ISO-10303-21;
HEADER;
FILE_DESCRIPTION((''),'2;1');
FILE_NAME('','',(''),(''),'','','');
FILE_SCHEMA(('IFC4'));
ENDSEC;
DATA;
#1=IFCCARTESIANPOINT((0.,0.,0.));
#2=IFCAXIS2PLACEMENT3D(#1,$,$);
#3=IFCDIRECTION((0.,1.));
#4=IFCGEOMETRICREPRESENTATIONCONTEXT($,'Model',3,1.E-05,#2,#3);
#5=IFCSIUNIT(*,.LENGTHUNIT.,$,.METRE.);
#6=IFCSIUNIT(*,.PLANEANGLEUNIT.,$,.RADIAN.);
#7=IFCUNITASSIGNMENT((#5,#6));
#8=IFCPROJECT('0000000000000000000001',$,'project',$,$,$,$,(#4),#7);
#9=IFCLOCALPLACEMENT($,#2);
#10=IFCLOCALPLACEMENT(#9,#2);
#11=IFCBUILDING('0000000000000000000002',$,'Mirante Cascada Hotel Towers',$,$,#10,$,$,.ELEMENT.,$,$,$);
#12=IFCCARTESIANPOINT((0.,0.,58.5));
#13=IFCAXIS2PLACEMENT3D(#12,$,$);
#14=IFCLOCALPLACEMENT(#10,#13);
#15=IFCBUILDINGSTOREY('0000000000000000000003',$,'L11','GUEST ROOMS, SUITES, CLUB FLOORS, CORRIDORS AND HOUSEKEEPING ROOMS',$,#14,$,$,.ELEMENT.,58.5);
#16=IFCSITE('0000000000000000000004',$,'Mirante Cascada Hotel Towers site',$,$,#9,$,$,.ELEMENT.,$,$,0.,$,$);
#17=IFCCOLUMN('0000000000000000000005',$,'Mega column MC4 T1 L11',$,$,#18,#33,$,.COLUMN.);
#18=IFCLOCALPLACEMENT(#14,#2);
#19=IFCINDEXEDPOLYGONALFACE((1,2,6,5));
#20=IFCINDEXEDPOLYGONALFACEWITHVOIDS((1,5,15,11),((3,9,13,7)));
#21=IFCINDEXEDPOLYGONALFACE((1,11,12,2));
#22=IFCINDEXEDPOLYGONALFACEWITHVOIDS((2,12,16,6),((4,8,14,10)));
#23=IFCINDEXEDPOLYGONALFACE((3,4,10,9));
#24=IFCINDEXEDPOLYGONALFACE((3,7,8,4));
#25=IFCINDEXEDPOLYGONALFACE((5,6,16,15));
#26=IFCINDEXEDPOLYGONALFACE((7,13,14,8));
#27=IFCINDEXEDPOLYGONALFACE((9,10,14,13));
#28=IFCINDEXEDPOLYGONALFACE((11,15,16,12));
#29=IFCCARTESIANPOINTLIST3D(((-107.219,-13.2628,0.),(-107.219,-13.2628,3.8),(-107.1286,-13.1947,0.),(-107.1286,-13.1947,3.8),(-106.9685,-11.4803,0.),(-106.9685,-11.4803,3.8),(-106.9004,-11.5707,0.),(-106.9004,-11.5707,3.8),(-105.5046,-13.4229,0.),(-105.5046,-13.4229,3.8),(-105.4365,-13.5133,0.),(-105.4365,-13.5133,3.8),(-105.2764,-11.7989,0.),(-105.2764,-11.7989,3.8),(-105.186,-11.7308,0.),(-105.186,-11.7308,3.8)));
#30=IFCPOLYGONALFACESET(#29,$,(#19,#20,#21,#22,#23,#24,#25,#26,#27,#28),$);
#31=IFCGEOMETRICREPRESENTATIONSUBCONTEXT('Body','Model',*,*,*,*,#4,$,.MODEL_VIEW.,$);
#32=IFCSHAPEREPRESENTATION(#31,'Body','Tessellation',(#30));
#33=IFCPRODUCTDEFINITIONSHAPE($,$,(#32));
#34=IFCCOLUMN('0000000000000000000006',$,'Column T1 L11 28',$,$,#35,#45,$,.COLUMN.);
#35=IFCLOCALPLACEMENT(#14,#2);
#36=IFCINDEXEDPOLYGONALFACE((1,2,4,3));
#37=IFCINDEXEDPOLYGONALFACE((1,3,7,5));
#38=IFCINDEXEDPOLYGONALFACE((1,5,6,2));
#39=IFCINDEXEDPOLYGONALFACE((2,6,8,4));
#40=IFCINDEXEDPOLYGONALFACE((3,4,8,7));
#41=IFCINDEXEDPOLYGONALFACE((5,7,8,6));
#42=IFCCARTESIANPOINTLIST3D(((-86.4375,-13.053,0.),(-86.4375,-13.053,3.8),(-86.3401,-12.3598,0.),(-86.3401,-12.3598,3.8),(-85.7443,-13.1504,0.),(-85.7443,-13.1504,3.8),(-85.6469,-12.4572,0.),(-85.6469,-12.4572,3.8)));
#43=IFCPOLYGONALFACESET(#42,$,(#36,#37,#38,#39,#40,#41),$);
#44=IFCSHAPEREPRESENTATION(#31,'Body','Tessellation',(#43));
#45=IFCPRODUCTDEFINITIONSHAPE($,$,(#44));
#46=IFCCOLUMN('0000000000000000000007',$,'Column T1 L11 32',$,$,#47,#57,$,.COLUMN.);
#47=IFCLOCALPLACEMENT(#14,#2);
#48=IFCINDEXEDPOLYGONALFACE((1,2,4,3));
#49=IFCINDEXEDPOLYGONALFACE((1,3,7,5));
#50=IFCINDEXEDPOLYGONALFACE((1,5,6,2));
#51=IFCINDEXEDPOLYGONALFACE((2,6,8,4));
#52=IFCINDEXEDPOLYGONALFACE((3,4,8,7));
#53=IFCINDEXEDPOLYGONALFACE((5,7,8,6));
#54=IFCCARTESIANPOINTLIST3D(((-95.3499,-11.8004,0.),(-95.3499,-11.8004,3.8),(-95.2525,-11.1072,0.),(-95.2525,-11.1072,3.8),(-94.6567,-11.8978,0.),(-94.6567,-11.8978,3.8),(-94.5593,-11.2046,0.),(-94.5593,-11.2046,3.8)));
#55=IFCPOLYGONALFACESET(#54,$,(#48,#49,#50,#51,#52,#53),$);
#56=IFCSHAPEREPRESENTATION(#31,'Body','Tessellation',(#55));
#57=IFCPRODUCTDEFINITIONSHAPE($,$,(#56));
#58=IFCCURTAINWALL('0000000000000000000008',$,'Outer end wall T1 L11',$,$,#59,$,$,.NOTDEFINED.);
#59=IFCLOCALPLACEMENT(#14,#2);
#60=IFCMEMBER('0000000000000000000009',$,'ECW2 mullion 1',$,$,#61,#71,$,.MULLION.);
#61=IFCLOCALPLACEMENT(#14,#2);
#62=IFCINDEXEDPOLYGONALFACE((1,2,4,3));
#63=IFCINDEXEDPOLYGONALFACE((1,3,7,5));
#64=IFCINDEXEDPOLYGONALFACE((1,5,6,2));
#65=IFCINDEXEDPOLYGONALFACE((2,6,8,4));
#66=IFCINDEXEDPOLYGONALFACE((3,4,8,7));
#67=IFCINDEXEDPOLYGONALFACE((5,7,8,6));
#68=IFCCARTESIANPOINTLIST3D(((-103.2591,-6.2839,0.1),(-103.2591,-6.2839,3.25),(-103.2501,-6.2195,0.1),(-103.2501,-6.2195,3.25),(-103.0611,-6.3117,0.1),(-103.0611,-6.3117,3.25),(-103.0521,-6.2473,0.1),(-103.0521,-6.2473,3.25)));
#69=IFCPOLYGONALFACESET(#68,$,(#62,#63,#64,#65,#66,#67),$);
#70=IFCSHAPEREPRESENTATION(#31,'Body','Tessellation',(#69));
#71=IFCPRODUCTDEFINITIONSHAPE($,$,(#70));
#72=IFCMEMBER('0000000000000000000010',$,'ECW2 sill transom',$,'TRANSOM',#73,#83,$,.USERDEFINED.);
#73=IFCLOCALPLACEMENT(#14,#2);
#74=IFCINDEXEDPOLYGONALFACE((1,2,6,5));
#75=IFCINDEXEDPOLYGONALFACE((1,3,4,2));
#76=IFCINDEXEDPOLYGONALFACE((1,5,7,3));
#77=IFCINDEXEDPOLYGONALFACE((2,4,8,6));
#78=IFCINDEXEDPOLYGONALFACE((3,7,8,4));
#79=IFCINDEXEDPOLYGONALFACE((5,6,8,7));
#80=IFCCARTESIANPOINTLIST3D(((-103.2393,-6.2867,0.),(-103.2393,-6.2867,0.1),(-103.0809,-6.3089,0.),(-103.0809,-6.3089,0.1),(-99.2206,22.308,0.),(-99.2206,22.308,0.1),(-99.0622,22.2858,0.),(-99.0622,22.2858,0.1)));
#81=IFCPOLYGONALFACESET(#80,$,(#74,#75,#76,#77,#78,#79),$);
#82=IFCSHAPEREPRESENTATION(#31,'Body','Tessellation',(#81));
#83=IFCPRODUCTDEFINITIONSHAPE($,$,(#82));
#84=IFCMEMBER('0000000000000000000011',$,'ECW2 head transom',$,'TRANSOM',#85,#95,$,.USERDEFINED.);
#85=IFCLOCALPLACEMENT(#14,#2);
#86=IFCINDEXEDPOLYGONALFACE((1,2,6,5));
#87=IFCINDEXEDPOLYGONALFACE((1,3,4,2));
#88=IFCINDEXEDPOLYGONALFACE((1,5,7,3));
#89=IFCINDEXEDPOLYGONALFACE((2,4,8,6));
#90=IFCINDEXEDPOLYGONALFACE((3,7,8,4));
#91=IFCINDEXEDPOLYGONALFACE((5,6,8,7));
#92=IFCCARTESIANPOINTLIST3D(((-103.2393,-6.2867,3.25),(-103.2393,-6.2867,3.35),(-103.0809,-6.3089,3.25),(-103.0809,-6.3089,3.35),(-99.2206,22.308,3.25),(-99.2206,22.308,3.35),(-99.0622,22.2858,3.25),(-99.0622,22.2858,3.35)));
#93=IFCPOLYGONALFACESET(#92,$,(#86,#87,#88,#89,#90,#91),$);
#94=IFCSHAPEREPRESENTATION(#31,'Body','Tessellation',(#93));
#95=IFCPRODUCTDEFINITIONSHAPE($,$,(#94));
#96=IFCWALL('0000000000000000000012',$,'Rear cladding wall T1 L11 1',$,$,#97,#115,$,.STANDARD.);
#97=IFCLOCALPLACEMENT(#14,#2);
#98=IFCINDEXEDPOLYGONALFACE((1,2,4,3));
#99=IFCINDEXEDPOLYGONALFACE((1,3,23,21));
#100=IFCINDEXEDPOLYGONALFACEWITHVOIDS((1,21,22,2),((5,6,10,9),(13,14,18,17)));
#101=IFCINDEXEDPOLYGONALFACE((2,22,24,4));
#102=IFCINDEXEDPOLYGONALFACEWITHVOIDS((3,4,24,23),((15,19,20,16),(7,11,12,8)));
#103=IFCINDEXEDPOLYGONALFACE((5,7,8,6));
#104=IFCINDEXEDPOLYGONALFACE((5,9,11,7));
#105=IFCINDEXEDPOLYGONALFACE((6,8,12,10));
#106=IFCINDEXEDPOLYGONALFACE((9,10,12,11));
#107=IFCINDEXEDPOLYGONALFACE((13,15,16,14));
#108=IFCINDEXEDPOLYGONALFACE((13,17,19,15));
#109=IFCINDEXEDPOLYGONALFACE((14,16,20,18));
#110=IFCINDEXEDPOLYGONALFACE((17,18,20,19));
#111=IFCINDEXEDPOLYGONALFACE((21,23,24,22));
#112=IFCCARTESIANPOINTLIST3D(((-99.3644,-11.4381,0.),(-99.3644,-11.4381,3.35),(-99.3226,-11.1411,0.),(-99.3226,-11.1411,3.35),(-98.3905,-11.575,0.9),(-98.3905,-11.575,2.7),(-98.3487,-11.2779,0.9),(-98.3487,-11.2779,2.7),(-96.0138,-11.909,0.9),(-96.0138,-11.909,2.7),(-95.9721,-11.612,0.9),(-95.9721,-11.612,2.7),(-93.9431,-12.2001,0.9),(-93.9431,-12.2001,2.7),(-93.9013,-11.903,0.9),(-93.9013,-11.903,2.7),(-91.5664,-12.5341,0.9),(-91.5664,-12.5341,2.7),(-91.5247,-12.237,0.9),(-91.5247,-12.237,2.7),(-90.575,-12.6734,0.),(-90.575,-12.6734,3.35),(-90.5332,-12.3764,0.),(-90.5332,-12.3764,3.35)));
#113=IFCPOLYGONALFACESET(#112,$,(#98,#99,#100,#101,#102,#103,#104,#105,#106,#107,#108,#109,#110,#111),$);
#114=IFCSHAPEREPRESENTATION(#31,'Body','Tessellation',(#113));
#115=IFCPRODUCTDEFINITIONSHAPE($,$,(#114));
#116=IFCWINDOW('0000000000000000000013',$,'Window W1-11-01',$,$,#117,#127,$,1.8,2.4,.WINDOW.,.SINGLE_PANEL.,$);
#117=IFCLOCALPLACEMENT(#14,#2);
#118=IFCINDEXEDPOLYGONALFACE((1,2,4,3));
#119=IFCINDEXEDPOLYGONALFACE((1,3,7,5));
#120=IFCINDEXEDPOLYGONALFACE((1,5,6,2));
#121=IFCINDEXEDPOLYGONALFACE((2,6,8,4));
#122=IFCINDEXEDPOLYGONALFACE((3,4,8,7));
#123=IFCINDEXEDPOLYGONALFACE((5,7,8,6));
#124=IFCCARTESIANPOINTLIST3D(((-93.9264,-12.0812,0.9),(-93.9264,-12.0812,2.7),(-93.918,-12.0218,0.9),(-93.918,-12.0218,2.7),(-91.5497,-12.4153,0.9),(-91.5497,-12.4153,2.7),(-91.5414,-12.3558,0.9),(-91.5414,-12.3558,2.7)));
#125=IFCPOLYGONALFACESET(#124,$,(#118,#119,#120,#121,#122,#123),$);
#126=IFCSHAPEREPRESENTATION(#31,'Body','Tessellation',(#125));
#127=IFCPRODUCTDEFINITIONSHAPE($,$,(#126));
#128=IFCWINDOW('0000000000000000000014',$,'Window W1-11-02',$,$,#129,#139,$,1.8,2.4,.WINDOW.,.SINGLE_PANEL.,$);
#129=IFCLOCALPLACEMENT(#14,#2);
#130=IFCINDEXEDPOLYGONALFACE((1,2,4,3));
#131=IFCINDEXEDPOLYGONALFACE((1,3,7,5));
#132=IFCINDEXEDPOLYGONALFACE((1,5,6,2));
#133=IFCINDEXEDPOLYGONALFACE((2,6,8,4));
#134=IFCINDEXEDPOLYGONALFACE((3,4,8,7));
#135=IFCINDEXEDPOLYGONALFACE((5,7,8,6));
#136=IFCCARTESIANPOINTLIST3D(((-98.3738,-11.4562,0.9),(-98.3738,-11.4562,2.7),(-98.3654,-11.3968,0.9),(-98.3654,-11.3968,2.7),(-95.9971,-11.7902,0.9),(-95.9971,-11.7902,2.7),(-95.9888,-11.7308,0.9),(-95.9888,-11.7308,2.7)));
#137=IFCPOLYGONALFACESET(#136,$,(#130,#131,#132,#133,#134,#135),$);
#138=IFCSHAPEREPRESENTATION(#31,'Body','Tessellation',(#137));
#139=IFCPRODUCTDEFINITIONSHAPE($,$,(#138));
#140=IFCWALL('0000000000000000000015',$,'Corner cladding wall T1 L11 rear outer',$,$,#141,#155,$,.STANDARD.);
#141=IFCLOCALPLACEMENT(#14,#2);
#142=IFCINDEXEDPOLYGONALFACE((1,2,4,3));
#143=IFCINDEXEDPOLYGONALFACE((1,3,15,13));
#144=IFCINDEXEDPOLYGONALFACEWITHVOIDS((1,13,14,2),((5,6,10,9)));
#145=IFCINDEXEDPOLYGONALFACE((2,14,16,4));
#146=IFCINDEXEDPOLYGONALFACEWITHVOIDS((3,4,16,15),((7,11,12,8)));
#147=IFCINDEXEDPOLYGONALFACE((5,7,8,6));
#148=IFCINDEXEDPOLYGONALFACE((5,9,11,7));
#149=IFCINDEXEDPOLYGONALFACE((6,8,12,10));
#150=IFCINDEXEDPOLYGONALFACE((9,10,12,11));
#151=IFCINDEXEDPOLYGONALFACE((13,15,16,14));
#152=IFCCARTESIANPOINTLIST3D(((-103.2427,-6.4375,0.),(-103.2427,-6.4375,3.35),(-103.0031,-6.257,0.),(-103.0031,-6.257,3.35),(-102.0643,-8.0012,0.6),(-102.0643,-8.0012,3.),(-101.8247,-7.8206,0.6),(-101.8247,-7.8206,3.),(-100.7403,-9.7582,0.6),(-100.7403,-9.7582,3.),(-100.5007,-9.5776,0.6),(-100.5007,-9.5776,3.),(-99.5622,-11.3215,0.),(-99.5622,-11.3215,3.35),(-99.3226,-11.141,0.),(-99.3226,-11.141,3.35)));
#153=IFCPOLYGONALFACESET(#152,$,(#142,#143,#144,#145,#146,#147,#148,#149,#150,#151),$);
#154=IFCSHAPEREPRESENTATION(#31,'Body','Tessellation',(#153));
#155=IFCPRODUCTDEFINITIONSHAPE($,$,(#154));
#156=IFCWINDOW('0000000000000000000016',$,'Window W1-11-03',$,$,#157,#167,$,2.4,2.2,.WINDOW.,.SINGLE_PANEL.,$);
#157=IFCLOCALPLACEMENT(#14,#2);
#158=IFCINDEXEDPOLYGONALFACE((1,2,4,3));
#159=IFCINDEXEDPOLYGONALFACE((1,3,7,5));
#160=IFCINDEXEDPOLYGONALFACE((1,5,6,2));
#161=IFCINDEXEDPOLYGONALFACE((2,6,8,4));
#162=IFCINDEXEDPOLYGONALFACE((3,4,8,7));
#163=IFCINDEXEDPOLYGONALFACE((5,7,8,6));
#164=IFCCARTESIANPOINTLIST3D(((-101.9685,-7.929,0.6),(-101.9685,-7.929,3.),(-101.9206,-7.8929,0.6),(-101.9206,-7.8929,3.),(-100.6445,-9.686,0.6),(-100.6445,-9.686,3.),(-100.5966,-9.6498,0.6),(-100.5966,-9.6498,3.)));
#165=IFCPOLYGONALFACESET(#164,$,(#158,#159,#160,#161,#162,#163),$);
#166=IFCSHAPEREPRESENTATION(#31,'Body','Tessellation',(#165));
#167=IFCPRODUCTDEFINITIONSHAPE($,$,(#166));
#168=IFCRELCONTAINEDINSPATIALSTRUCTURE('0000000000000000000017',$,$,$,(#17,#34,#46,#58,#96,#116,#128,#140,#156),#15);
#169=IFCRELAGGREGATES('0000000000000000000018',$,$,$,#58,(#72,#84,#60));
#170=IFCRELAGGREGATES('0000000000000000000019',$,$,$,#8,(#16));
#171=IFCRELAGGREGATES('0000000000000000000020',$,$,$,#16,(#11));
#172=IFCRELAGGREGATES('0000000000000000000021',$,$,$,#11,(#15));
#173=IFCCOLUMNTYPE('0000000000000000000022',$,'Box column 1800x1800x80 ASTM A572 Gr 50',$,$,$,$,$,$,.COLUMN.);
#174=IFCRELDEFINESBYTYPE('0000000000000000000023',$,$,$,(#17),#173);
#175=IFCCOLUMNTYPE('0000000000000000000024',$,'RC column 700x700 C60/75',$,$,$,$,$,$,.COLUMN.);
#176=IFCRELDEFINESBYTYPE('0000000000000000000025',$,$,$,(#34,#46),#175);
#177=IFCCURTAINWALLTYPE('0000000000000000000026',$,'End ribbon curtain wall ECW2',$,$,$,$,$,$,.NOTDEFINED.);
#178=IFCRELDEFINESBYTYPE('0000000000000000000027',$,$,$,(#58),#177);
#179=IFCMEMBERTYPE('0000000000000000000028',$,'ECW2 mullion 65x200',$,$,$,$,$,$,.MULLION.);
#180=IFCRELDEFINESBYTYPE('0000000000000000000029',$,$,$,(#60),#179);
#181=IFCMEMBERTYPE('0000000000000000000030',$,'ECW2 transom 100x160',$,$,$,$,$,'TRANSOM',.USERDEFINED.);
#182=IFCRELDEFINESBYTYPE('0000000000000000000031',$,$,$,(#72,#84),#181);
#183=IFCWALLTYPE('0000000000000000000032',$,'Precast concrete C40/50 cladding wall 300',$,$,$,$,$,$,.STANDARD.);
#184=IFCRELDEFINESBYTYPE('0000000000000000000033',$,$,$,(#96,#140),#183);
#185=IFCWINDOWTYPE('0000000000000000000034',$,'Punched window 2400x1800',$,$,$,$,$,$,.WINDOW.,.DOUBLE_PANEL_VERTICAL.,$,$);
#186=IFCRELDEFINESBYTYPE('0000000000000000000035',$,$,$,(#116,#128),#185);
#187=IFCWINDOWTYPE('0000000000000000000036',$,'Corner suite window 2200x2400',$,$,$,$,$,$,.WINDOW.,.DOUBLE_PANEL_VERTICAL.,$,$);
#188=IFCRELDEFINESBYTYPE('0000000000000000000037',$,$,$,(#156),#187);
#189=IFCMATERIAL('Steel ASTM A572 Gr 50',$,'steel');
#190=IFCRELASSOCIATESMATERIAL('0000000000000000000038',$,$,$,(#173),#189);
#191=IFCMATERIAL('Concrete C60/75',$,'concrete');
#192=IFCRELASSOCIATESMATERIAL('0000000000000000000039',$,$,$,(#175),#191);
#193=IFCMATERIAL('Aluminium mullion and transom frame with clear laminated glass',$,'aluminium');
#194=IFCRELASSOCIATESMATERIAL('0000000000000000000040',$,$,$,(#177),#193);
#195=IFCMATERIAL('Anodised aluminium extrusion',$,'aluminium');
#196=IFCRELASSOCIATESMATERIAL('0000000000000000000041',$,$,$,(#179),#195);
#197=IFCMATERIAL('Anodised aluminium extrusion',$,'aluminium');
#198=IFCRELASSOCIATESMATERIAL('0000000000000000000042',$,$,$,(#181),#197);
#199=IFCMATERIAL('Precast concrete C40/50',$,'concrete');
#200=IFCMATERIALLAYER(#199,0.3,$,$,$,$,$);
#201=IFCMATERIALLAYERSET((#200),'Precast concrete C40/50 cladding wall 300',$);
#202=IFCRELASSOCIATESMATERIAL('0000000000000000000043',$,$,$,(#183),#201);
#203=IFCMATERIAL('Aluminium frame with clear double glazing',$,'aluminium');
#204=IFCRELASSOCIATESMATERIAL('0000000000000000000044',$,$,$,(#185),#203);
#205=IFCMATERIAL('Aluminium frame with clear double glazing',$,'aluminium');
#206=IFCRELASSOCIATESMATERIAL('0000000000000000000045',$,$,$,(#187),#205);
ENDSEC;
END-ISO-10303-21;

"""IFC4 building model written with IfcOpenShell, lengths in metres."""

from ifc_helpers import new_model, si_unit, direction, frame, frame_2d, origin, origin_2d, place, context, subcontext, project, spatial, rectangle, hollow_rectangle, extrude, material, layer, layer_set, material_profile, profile_set, type_object, element, fill, aggregate, save


model = new_model("IFC4")

# Units and contexts
model_context = context("Model", 3, precision=1e-05, world=origin(), true_north=direction((0.0, 1.0)))
body_context = subcontext(model_context, "Body", "Model", "MODEL_VIEW")
ifc_project = project(units=[si_unit("LENGTHUNIT", "METRE"), si_unit("PLANEANGLEUNIT", "RADIAN")], contexts=[model_context])

# Site, building, storey
site_placement = place(None, origin())
site = spatial("IfcSite", under=ifc_project, at=site_placement, Name="Mirante Cascada Hotel Towers site", CompositionType="ELEMENT", RefElevation=0.0)
building_placement = place(site_placement, origin())
building = spatial("IfcBuilding", under=site, at=building_placement, Name="Mirante Cascada Hotel Towers", CompositionType="ELEMENT")
storey_placement = place(building_placement, frame((0.0, 0.0, 58.5)))
storey = spatial("IfcBuildingStorey", under=building, at=storey_placement, Name="L11", Description="GUEST ROOMS, SUITES, CLUB FLOORS, CORRIDORS AND HOUSEKEEPING ROOMS", CompositionType="ELEMENT", Elevation=58.5)

# Columns
ifc_material_1 = material(Name="Steel ASTM A572 Gr 50", Category="steel")
ifc_material_profile_1 = material_profile(ifc_material_1, hollow_rectangle(XDim=1.8, YDim=1.8, WallThickness=0.08, at=origin_2d()), Name="Box column 1800x1800x80 ASTM A572 Gr 50")
ifc_profile_set_1 = profile_set([ifc_material_profile_1], Name="Steel ASTM A572 Gr 50")
column_type_1 = type_object("IfcColumnType", Name="Box column 1800x1800x80 ASTM A572 Gr 50", PredefinedType="COLUMN", material=ifc_profile_set_1)
column_placement = place(storey_placement, frame((-106.2025, -12.4968, 0.0), z_axis=(0.0, 0.0, 1.0), x_axis=(-0.990268, 0.139173, 0.0)))
element("IfcColumn", 1, at=column_placement, inside=storey, type_object=column_type_1, Name="Mega column MC4 T1 L11", PredefinedType="COLUMN", context=body_context, shape_type="SweptSolid", body=[
    extrude(hollow_rectangle(XDim=1.8, YDim=1.8, WallThickness=0.08, at=origin_2d()), origin(), (0.0, 0.0, 1.0), 3.8),
])
ifc_material_2 = material(Name="Concrete C60/75", Category="concrete")
ifc_material_profile_2 = material_profile(ifc_material_2, rectangle(XDim=0.7, YDim=0.7, at=origin_2d()), Name="RC column 700x700 C60/75")
ifc_profile_set_2 = profile_set([ifc_material_profile_2], Name="Concrete C60/75")
column_type_2 = type_object("IfcColumnType", Name="RC column 700x700 C60/75", PredefinedType="COLUMN", material=ifc_profile_set_2)
for number, where, z_axis, x_axis, name in (
    (2, (-86.0422, -12.7551, 0.0), (0.0, 0.0, 1.0), (-0.990268, 0.139173, 0.0), "Column T1 L11 28"),
    (3, (-94.9546, -11.5025, 0.0), (0.0, 0.0, 1.0), (-0.990268, 0.139173, 0.0), "Column T1 L11 32"),
):
    element("IfcColumn", number, at=place(storey_placement, frame(where, z_axis=z_axis, x_axis=x_axis)), inside=storey, type_object=column_type_2, Name=name, PredefinedType="COLUMN", context=body_context, shape_type="SweptSolid", body=[
        extrude(rectangle(XDim=0.7, YDim=0.7, at=origin_2d()), origin(), (0.0, 0.0, 1.0), 3.8),
    ])

# Curtain wall, members
ifc_material_3 = material(Name="Aluminium mullion and transom frame with clear laminated glass", Category="aluminium")
curtain_wall_type = type_object("IfcCurtainWallType", Name="End ribbon curtain wall ECW2", PredefinedType="NOTDEFINED", material=ifc_material_3)
curtain_wall_placement = place(storey_placement, origin())
curtain_wall = element("IfcCurtainWall", 4, at=curtain_wall_placement, inside=storey, type_object=curtain_wall_type, Name="Outer end wall T1 L11", PredefinedType="NOTDEFINED")
ifc_material_4 = material(Name="Anodised aluminium extrusion", Category="aluminium")
ifc_material_profile_3 = material_profile(ifc_material_4, rectangle(XDim=0.2, YDim=0.065, at=origin_2d()), Name="ECW2 MULLION 65x200")
ifc_profile_set_3 = profile_set([ifc_material_profile_3], Name="Anodised aluminium extrusion")
member_type_1 = type_object("IfcMemberType", Name="ECW2 mullion 65x200", PredefinedType="MULLION", material=ifc_profile_set_3)
member_1_placement = place(storey_placement, frame((-103.1556, -6.2656, 0.1), z_axis=(0.0, 0.0, 1.0), x_axis=(-0.990268, 0.139173, 0.0)))
member_1 = element("IfcMember", 5, at=member_1_placement, type_object=member_type_1, Name="ECW2 mullion 1", PredefinedType="MULLION", context=body_context, shape_type="SweptSolid", body=[
    extrude(rectangle(XDim=0.2, YDim=0.065, at=origin_2d()), origin(), (0.0, 0.0, 1.0), 3.15),
])
ifc_material_5 = material(Name="Anodised aluminium extrusion", Category="aluminium")
ifc_material_profile_4 = material_profile(ifc_material_5, rectangle(XDim=0.16, YDim=0.1, at=origin_2d()), Name="ECW2 TRANSOM 100x160")
ifc_profile_set_4 = profile_set([ifc_material_profile_4], Name="Anodised aluminium extrusion")
member_type_2 = type_object("IfcMemberType", Name="ECW2 transom 100x160", ElementType="TRANSOM", PredefinedType="USERDEFINED", material=ifc_profile_set_4)
member_2_placement = place(storey_placement, frame((-103.1601, -6.2978, 0.05), z_axis=(0.139172, 0.990268, 0.0), x_axis=(-0.990268, 0.139172, 0.0)))
member_2 = element("IfcMember", 6, at=member_2_placement, type_object=member_type_2, Name="ECW2 sill transom", ObjectType="TRANSOM", PredefinedType="USERDEFINED", context=body_context, shape_type="SweptSolid", body=[
    extrude(rectangle(XDim=0.16, YDim=0.1, at=origin_2d()), origin(), (0.0, 0.0, 1.0), 28.8757),
])
member_3_placement = place(storey_placement, frame((-103.1601, -6.2978, 3.3), z_axis=(0.139172, 0.990268, 0.0), x_axis=(-0.990268, 0.139172, 0.0)))
member_3 = element("IfcMember", 7, at=member_3_placement, type_object=member_type_2, Name="ECW2 head transom", ObjectType="TRANSOM", PredefinedType="USERDEFINED", context=body_context, shape_type="SweptSolid", body=[
    extrude(rectangle(XDim=0.16, YDim=0.1, at=origin_2d()), origin(), (0.0, 0.0, 1.0), 28.8757),
])
aggregate(curtain_wall, [member_2, member_3, member_1])

# Wall, openings, windows
ifc_material_6 = material(Name="Precast concrete C40/50", Category="concrete")
ifc_layer_1 = layer(ifc_material_6, 0.3)
ifc_layer_set_1 = layer_set([ifc_layer_1], Name="Precast concrete C40/50 cladding wall 300")
wall_type_1 = type_object("IfcWallType", Name="Precast concrete C40/50 cladding wall 300", PredefinedType="STANDARD", material=ifc_layer_set_1)
wall_1_placement = place(storey_placement, frame((-90.5541, -12.5249, 0.0), z_axis=(0.0, 0.0, 1.0), x_axis=(-0.990268, 0.139177, 0.0)))
wall_1 = element("IfcWall", 8, at=wall_1_placement, inside=storey, type_object=wall_type_1, Name="Rear cladding wall T1 L11 1", PredefinedType="STANDARD", context=body_context, shape_type="SweptSolid", body=[
    extrude(rectangle(XDim=8.8758, YDim=0.3, at=frame_2d((4.4379, 0.0))), origin(), (0.0, 0.0, 1.0), 3.35),
])
opening_1_placement = place(wall_1_placement, frame((1.0012, 0.0, 0.9)))
opening_1 = element("IfcOpeningElement", 9, at=opening_1_placement, cuts=wall_1, PredefinedType="OPENING", context=body_context, shape_type="SweptSolid", body=[
    extrude(rectangle(XDim=2.4, YDim=1.8, at=frame_2d((1.2, 0.9))), frame((0.0, 0.15, 0.0), z_axis=(0.0, -1.0, 0.0), x_axis=(1.0, 0.0, 0.0)), (0.0, 0.0, 1.0), 0.3),
])
opening_2_placement = place(wall_1_placement, frame((5.4923, 0.0, 0.9)))
opening_2 = element("IfcOpeningElement", 10, at=opening_2_placement, cuts=wall_1, PredefinedType="OPENING", context=body_context, shape_type="SweptSolid", body=[
    extrude(rectangle(XDim=2.4, YDim=1.8, at=frame_2d((1.2, 0.9))), frame((0.0, 0.15, 0.0), z_axis=(0.0, -1.0, 0.0), x_axis=(1.0, 0.0, 0.0)), (0.0, 0.0, 1.0), 0.3),
])
ifc_material_7 = material(Name="Aluminium frame with clear double glazing", Category="aluminium")
window_type_1 = type_object("IfcWindowType", Name="Punched window 2400x1800", PartitioningType="DOUBLE_PANEL_VERTICAL", PredefinedType="WINDOW", material=ifc_material_7)
window_1_placement = place(opening_1_placement, origin())
window_1 = element("IfcWindow", 11, at=window_1_placement, inside=storey, type_object=window_type_1, Name="Window W1-11-01", OverallHeight=1.8, OverallWidth=2.4, PartitioningType="SINGLE_PANEL", PredefinedType="WINDOW", context=body_context, shape_type="SweptSolid", body=[
    extrude(rectangle(XDim=2.4, YDim=1.8, at=frame_2d((1.2, 0.9))), frame((0.0, 0.03, 0.0), z_axis=(0.0, -1.0, 0.0), x_axis=(1.0, 0.0, 0.0)), (0.0, 0.0, 1.0), 0.06),
])
fill(opening_1, window_1)
window_2_placement = place(opening_2_placement, origin())
window_2 = element("IfcWindow", 12, at=window_2_placement, inside=storey, type_object=window_type_1, Name="Window W1-11-02", OverallHeight=1.8, OverallWidth=2.4, PartitioningType="SINGLE_PANEL", PredefinedType="WINDOW", context=body_context, shape_type="SweptSolid", body=[
    extrude(rectangle(XDim=2.4, YDim=1.8, at=frame_2d((1.2, 0.9))), frame((0.0, 0.03, 0.0), z_axis=(0.0, -1.0, 0.0), x_axis=(1.0, 0.0, 0.0)), (0.0, 0.0, 1.0), 0.06),
])
fill(opening_2, window_2)

# Wall, opening, window
wall_2_placement = place(storey_placement, frame((-99.4424, -11.2313, 0.0), z_axis=(0.0, 0.0, 1.0), x_axis=(-0.601819, 0.798632, 0.0)))
wall_2 = element("IfcWall", 13, at=wall_2_placement, inside=storey, type_object=wall_type_1, Name="Corner cladding wall T1 L11 rear outer", PredefinedType="STANDARD", context=body_context, shape_type="SweptSolid", body=[
    extrude(rectangle(XDim=6.1155, YDim=0.3, at=frame_2d((3.0578, 0.0))), origin(), (0.0, 0.0, 1.0), 3.35),
])
opening_3_placement = place(wall_2_placement, frame((1.9576, 0.0, 0.6)))
opening_3 = element("IfcOpeningElement", 14, at=opening_3_placement, cuts=wall_2, PredefinedType="OPENING", context=body_context, shape_type="SweptSolid", body=[
    extrude(rectangle(XDim=2.2, YDim=2.4, at=frame_2d((1.1, 1.2))), frame((0.0, 0.15, 0.0), z_axis=(0.0, -1.0, 0.0), x_axis=(1.0, 0.0, 0.0)), (0.0, 0.0, 1.0), 0.3),
])
ifc_material_8 = material(Name="Aluminium frame with clear double glazing", Category="aluminium")
window_type_2 = type_object("IfcWindowType", Name="Corner suite window 2200x2400", PartitioningType="DOUBLE_PANEL_VERTICAL", PredefinedType="WINDOW", material=ifc_material_8)
window_3_placement = place(opening_3_placement, origin())
window_3 = element("IfcWindow", 15, at=window_3_placement, inside=storey, type_object=window_type_2, Name="Window W1-11-03", OverallHeight=2.4, OverallWidth=2.2, PartitioningType="SINGLE_PANEL", PredefinedType="WINDOW", context=body_context, shape_type="SweptSolid", body=[
    extrude(rectangle(XDim=2.2, YDim=2.4, at=frame_2d((1.1, 1.2))), frame((0.0, 0.03, 0.0), z_axis=(0.0, -1.0, 0.0), x_axis=(1.0, 0.0, 0.0)), (0.0, 0.0, 1.0), 0.06),
])
fill(opening_3, window_3)

save(model, "model.ifc")
